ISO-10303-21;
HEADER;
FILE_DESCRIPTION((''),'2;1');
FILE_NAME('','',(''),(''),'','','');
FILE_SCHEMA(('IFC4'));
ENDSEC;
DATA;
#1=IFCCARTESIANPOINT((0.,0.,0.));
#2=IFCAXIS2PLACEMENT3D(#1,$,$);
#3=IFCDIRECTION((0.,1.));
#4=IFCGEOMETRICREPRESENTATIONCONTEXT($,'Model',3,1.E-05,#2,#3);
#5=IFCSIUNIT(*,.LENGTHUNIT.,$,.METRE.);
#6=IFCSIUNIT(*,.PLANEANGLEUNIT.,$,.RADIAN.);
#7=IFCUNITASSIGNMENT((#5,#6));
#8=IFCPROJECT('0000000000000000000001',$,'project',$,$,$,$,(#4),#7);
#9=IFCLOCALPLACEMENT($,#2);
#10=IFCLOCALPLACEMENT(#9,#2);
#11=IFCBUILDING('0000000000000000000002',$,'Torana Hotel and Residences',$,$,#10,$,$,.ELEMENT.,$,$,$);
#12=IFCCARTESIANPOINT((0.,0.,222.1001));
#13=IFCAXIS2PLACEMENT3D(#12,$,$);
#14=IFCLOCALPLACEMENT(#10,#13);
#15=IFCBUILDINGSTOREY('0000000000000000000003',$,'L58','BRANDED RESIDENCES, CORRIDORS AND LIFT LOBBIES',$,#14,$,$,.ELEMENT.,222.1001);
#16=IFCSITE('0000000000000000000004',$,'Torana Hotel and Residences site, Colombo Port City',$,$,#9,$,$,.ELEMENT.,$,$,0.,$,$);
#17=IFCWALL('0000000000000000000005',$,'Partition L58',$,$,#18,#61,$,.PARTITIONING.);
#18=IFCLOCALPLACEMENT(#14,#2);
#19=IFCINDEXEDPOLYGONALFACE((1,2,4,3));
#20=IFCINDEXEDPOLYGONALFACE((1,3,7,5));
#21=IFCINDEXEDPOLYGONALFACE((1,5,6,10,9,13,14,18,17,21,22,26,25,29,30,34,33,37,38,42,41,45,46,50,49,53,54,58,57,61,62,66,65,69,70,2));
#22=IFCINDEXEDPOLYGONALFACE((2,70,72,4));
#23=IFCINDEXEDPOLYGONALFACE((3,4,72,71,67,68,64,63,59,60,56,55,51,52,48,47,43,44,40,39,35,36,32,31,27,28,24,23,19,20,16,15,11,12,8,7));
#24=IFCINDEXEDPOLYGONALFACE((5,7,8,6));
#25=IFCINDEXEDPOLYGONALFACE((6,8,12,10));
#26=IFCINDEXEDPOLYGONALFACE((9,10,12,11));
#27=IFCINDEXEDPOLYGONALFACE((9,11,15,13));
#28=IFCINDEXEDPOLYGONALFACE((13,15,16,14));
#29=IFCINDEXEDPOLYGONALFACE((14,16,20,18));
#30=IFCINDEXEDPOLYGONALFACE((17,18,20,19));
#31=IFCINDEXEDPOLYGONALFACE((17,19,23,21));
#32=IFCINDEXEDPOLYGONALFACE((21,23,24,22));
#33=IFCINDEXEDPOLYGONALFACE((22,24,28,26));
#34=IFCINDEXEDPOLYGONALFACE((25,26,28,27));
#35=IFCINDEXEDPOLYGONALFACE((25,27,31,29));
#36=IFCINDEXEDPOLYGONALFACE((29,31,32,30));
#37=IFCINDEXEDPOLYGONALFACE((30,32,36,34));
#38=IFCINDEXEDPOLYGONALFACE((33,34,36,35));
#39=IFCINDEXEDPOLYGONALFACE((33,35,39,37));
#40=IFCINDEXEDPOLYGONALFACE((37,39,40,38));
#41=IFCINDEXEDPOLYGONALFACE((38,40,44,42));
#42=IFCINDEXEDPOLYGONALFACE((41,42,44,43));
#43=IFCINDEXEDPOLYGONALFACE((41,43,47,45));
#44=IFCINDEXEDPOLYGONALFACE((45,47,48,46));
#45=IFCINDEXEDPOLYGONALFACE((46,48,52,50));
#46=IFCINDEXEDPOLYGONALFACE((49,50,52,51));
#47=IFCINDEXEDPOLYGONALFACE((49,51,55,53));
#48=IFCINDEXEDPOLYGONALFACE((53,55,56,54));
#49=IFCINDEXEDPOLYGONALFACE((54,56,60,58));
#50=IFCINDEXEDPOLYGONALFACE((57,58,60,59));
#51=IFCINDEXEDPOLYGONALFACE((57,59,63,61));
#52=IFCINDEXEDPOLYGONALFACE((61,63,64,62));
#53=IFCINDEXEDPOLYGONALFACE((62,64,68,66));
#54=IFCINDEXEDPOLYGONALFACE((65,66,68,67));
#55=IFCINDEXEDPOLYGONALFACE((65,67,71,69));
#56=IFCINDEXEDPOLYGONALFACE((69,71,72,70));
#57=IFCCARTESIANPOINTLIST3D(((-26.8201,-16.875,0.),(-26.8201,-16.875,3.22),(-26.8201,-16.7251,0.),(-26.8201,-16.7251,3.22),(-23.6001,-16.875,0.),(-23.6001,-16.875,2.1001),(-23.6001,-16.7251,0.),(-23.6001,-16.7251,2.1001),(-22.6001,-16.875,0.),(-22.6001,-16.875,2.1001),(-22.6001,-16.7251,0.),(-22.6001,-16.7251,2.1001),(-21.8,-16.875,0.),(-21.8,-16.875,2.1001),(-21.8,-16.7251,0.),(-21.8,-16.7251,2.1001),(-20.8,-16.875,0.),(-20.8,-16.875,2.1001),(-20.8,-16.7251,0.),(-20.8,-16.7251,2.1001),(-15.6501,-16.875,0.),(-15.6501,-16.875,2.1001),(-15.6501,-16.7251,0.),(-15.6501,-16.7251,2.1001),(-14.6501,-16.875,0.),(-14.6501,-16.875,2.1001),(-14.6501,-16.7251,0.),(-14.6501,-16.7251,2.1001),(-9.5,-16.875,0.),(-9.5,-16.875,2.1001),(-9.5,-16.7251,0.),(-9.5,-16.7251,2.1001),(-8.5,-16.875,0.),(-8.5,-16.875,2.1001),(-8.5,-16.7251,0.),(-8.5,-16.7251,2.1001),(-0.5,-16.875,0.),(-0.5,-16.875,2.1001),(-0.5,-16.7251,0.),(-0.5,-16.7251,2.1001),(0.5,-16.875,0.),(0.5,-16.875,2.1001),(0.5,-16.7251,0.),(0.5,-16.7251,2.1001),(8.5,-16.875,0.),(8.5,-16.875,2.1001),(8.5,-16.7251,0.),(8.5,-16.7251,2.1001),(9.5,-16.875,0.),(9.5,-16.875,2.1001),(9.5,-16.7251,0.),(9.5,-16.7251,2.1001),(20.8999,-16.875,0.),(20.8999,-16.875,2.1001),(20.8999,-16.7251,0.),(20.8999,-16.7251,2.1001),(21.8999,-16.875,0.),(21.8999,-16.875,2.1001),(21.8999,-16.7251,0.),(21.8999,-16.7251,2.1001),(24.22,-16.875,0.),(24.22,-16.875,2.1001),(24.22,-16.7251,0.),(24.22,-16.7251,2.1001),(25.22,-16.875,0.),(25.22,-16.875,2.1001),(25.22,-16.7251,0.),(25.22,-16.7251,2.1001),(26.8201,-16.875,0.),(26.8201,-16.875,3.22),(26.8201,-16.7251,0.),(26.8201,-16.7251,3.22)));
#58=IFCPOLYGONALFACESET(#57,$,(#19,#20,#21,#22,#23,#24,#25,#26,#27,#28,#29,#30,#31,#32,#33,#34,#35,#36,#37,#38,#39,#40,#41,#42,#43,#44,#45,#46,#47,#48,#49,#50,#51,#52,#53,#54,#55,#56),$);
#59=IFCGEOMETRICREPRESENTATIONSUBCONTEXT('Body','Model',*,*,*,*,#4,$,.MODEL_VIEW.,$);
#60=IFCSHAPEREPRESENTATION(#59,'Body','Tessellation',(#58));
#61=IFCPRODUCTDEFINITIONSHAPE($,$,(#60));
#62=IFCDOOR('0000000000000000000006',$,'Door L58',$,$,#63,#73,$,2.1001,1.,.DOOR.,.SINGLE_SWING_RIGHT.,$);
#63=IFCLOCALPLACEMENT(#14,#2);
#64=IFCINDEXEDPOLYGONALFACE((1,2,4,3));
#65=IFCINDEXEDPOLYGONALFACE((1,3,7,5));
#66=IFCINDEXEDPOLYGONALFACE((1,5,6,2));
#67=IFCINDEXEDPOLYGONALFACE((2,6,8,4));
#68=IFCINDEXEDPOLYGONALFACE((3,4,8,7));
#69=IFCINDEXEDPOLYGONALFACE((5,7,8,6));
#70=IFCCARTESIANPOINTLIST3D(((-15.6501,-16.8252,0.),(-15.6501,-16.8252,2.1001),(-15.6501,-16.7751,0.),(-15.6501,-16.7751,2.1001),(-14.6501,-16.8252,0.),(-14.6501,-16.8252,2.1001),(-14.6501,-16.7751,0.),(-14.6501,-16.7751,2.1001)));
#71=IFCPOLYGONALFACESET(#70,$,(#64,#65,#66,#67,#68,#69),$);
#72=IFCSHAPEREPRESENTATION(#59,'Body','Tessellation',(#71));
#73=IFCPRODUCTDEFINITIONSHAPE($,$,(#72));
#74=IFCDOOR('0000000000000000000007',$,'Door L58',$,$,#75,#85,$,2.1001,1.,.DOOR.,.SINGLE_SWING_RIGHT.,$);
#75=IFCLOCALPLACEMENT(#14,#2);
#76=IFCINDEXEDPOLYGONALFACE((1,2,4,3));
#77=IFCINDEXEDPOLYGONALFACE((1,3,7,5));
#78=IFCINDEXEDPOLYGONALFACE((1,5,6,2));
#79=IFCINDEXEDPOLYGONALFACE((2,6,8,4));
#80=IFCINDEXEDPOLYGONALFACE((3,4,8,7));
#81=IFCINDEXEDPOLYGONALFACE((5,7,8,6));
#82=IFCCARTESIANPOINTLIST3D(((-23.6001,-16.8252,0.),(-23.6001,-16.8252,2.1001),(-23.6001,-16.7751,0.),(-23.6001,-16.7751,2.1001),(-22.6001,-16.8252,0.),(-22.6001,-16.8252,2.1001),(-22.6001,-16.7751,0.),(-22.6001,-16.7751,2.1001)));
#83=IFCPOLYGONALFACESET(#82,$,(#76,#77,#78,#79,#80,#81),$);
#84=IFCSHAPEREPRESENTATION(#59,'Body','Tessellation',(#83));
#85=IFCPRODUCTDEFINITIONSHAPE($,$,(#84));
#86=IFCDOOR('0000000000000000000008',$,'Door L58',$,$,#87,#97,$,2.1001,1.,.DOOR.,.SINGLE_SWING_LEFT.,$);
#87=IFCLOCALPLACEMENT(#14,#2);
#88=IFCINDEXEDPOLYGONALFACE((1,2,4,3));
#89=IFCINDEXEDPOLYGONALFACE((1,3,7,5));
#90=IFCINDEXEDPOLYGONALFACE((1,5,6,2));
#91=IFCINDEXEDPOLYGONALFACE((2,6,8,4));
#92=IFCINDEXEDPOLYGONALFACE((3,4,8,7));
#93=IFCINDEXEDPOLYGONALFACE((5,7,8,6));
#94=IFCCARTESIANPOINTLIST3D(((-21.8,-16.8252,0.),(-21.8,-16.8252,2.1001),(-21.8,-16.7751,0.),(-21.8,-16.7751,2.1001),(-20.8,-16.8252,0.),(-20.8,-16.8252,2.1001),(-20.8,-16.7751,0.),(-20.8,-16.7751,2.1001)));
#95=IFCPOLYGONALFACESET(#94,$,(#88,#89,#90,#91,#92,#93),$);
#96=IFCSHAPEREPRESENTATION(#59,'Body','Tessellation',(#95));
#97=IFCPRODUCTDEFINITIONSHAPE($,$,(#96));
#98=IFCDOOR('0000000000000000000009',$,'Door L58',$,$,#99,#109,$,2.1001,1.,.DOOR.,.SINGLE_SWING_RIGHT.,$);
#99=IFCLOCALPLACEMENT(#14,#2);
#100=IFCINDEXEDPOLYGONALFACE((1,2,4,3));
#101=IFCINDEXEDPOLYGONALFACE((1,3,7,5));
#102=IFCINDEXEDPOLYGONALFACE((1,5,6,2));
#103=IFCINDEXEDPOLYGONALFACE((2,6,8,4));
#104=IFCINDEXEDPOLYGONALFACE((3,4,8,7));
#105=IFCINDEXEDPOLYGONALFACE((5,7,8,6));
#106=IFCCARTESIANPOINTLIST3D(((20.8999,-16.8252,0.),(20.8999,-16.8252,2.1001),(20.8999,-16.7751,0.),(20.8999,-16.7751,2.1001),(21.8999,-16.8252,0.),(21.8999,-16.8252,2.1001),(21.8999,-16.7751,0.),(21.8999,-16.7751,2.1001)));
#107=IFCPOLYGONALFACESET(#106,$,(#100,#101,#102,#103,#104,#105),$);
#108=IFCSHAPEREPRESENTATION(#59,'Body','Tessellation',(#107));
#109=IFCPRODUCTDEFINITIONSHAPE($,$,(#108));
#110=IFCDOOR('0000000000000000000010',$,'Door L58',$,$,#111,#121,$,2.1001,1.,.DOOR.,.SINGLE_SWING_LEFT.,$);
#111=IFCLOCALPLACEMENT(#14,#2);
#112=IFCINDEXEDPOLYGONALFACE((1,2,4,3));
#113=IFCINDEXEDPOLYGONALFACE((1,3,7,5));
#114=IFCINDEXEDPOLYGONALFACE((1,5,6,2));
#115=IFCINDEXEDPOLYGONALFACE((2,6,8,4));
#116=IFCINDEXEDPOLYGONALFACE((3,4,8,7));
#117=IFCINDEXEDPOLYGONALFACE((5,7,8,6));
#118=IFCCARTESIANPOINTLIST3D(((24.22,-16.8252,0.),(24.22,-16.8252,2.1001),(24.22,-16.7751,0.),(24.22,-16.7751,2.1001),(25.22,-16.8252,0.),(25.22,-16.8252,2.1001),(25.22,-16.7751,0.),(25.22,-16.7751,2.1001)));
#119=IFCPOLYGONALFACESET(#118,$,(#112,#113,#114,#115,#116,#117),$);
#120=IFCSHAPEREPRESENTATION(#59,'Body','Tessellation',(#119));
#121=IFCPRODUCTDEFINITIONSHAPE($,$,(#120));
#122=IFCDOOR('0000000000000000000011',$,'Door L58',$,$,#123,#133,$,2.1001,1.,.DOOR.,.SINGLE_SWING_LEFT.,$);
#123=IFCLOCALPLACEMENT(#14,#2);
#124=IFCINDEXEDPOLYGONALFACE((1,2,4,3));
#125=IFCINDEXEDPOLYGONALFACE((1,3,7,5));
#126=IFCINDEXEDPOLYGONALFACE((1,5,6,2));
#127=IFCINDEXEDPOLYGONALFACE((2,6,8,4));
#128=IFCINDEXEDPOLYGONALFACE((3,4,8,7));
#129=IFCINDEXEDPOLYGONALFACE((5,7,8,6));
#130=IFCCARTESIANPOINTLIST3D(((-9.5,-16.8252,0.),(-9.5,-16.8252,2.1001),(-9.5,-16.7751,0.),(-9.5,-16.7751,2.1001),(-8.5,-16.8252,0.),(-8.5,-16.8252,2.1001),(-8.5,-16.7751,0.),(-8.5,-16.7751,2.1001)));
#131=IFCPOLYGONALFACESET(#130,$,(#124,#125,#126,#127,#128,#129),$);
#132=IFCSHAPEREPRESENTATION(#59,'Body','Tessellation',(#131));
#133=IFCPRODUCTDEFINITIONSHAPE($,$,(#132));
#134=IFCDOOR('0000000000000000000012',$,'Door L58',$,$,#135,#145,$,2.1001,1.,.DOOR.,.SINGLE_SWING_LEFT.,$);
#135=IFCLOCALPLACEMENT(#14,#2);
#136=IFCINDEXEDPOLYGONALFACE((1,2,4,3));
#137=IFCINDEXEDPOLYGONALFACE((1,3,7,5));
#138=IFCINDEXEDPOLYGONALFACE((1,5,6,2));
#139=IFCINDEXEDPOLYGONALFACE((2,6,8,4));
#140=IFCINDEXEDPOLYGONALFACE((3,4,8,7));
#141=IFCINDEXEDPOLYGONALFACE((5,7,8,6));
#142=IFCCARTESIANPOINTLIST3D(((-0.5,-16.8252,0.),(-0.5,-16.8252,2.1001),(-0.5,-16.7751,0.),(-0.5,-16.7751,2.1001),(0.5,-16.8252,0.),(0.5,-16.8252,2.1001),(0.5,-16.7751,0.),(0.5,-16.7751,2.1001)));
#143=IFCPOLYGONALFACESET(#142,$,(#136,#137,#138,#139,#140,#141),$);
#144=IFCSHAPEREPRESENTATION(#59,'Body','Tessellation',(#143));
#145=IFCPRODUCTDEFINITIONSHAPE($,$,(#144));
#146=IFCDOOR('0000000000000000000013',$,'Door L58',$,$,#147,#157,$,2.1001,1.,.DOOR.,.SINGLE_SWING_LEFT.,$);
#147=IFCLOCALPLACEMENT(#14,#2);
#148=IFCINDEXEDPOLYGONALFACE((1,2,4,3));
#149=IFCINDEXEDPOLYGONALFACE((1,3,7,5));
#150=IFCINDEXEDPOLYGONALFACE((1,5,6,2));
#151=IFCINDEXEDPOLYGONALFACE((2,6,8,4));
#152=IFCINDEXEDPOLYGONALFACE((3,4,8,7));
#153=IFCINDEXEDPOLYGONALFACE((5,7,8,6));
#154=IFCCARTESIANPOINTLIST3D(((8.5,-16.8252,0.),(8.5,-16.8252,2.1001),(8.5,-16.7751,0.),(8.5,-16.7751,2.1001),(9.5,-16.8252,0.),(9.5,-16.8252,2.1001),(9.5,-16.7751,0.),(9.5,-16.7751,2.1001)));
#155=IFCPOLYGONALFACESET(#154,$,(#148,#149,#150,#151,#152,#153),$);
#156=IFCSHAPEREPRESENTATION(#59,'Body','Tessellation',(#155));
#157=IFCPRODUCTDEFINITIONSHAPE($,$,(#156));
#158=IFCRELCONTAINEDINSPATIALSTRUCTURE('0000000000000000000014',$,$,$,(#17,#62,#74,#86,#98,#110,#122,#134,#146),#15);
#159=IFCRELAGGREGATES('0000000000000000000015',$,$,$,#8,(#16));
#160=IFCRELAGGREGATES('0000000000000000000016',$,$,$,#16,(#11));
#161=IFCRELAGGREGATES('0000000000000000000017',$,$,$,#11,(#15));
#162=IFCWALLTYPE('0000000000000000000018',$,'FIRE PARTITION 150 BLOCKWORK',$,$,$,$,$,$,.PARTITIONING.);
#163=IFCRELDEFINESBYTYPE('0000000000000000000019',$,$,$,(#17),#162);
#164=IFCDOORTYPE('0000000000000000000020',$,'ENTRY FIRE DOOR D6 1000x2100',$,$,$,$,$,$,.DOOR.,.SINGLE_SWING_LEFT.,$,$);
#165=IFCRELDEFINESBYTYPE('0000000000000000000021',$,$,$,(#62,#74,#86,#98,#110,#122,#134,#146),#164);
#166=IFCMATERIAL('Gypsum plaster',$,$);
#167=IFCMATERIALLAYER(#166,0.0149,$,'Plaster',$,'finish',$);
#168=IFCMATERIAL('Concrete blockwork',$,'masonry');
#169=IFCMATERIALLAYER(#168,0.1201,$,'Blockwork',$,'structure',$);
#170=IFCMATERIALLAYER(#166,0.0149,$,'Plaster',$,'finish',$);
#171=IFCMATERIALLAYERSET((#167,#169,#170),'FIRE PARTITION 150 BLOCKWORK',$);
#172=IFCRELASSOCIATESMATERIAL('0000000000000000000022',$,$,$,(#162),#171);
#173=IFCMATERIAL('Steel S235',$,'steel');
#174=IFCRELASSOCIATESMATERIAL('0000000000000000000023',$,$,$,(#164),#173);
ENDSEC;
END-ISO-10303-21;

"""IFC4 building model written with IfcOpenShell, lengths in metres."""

from ifc_helpers import new_model, si_unit, direction, frame, frame_2d, origin, place, context, subcontext, project, spatial, rectangle, extrude, material, layer, layer_set, type_object, element, fill, save


model = new_model("IFC4")

# Units and contexts
model_context = context("Model", 3, precision=1e-05, world=origin(), true_north=direction((0.0, 1.0)))
body_context = subcontext(model_context, "Body", "Model", "MODEL_VIEW")
ifc_project = project(units=[si_unit("LENGTHUNIT", "METRE"), si_unit("PLANEANGLEUNIT", "RADIAN")], contexts=[model_context])

# Site, building, storey
site_placement = place(None, origin())
site = spatial("IfcSite", under=ifc_project, at=site_placement, Name="Torana Hotel and Residences site, Colombo Port City", CompositionType="ELEMENT", RefElevation=0.0)
building_placement = place(site_placement, origin())
building = spatial("IfcBuilding", under=site, at=building_placement, Name="Torana Hotel and Residences", CompositionType="ELEMENT")
storey_placement = place(building_placement, frame((0.0, 0.0, 222.1001)))
storey = spatial("IfcBuildingStorey", under=building, at=storey_placement, Name="L58", Description="BRANDED RESIDENCES, CORRIDORS AND LIFT LOBBIES", CompositionType="ELEMENT", Elevation=222.1001)

# Wall, openings, doors
ifc_material_1 = material(Name="Gypsum plaster")
ifc_layer_1 = layer(ifc_material_1, 0.0149, Name="Plaster", Category="finish")
ifc_material_2 = material(Name="Concrete blockwork", Category="masonry")
ifc_layer_2 = layer(ifc_material_2, 0.1201, Name="Blockwork", Category="structure")
ifc_layer_3 = layer(ifc_material_1, 0.0149, Name="Plaster", Category="finish")
ifc_layer_set_1 = layer_set([ifc_layer_1, ifc_layer_2, ifc_layer_3], Name="FIRE PARTITION 150 BLOCKWORK")
wall_type_1 = type_object("IfcWallType", Name="FIRE PARTITION 150 BLOCKWORK", PredefinedType="PARTITIONING", material=ifc_layer_set_1)
wall_1_placement = place(storey_placement, frame((-26.8201, -16.8, 0.0), z_axis=(0.0, 0.0, 1.0), x_axis=(1.0, 0.0, 0.0)))
wall_1 = element("IfcWall", 1, at=wall_1_placement, inside=storey, type_object=wall_type_1, Name="Partition L58", PredefinedType="PARTITIONING", context=body_context, shape_type="SweptSolid", body=[
    extrude(rectangle(XDim=53.6401, YDim=0.1499, at=frame_2d((26.8201, 0.0))), origin(), (0.0, 0.0, 1.0), 3.22),
])
opening_1_placement = place(wall_1_placement, frame((11.1699, 0.0, 0.0)))
opening_1 = element("IfcOpeningElement", 2, at=opening_1_placement, cuts=wall_1, PredefinedType="OPENING", context=body_context, shape_type="SweptSolid", body=[
    extrude(rectangle(XDim=1.0, YDim=2.1001, at=frame_2d((0.5, 1.05))), frame((0.0, 0.085, 0.0), z_axis=(0.0, -1.0, 0.0), x_axis=(1.0, 0.0, 0.0)), (0.0, 0.0, 1.0), 0.1699),
])
opening_2_placement = place(wall_1_placement, frame((3.22, 0.0, 0.0)))
opening_2 = element("IfcOpeningElement", 3, at=opening_2_placement, cuts=wall_1, PredefinedType="OPENING", context=body_context, shape_type="SweptSolid", body=[
    extrude(rectangle(XDim=1.0, YDim=2.1001, at=frame_2d((0.5, 1.05))), frame((0.0, 0.085, 0.0), z_axis=(0.0, -1.0, 0.0), x_axis=(1.0, 0.0, 0.0)), (0.0, 0.0, 1.0), 0.1699),
])
opening_3_placement = place(wall_1_placement, frame((5.02, 0.0, 0.0)))
opening_3 = element("IfcOpeningElement", 4, at=opening_3_placement, cuts=wall_1, PredefinedType="OPENING", context=body_context, shape_type="SweptSolid", body=[
    extrude(rectangle(XDim=1.0, YDim=2.1001, at=frame_2d((0.5, 1.05))), frame((0.0, 0.085, 0.0), z_axis=(0.0, -1.0, 0.0), x_axis=(1.0, 0.0, 0.0)), (0.0, 0.0, 1.0), 0.1699),
])
opening_4_placement = place(wall_1_placement, frame((47.72, 0.0, 0.0)))
opening_4 = element("IfcOpeningElement", 5, at=opening_4_placement, cuts=wall_1, PredefinedType="OPENING", context=body_context, shape_type="SweptSolid", body=[
    extrude(rectangle(XDim=1.0, YDim=2.1001, at=frame_2d((0.5, 1.05))), frame((0.0, 0.085, 0.0), z_axis=(0.0, -1.0, 0.0), x_axis=(1.0, 0.0, 0.0)), (0.0, 0.0, 1.0), 0.1699),
])
opening_5_placement = place(wall_1_placement, frame((51.04, 0.0, 0.0)))
opening_5 = element("IfcOpeningElement", 6, at=opening_5_placement, cuts=wall_1, PredefinedType="OPENING", context=body_context, shape_type="SweptSolid", body=[
    extrude(rectangle(XDim=1.0, YDim=2.1001, at=frame_2d((0.5, 1.05))), frame((0.0, 0.085, 0.0), z_axis=(0.0, -1.0, 0.0), x_axis=(1.0, 0.0, 0.0)), (0.0, 0.0, 1.0), 0.1699),
])
opening_6_placement = place(wall_1_placement, frame((17.3201, 0.0, 0.0)))
opening_6 = element("IfcOpeningElement", 7, at=opening_6_placement, cuts=wall_1, PredefinedType="OPENING", context=body_context, shape_type="SweptSolid", body=[
    extrude(rectangle(XDim=1.0, YDim=2.1001, at=frame_2d((0.5, 1.05))), frame((0.0, 0.085, 0.0), z_axis=(0.0, -1.0, 0.0), x_axis=(1.0, 0.0, 0.0)), (0.0, 0.0, 1.0), 0.1699),
])
opening_7_placement = place(wall_1_placement, frame((26.3201, 0.0, 0.0)))
opening_7 = element("IfcOpeningElement", 8, at=opening_7_placement, cuts=wall_1, PredefinedType="OPENING", context=body_context, shape_type="SweptSolid", body=[
    extrude(rectangle(XDim=1.0, YDim=2.1001, at=frame_2d((0.5, 1.05))), frame((0.0, 0.085, 0.0), z_axis=(0.0, -1.0, 0.0), x_axis=(1.0, 0.0, 0.0)), (0.0, 0.0, 1.0), 0.1699),
])
opening_8_placement = place(wall_1_placement, frame((35.3201, 0.0, 0.0)))
opening_8 = element("IfcOpeningElement", 9, at=opening_8_placement, cuts=wall_1, PredefinedType="OPENING", context=body_context, shape_type="SweptSolid", body=[
    extrude(rectangle(XDim=1.0, YDim=2.1001, at=frame_2d((0.5, 1.05))), frame((0.0, 0.085, 0.0), z_axis=(0.0, -1.0, 0.0), x_axis=(1.0, 0.0, 0.0)), (0.0, 0.0, 1.0), 0.1699),
])
ifc_material_3 = material(Name="Steel S235", Category="steel")
door_type = type_object("IfcDoorType", Name="ENTRY FIRE DOOR D6 1000x2100", OperationType="SINGLE_SWING_LEFT", PredefinedType="DOOR", material=ifc_material_3)
door_1_placement = place(opening_1_placement, origin())
door_1 = element("IfcDoor", 10, at=door_1_placement, inside=storey, type_object=door_type, Name="Door L58", OperationType="SINGLE_SWING_RIGHT", OverallHeight=2.1001, OverallWidth=1.0, PredefinedType="DOOR", context=body_context, shape_type="SweptSolid", body=[
    extrude(rectangle(XDim=1.0, YDim=2.1001, at=frame_2d((0.5, 1.05))), frame((0.0, 0.0249, 0.0), z_axis=(0.0, -1.0, 0.0), x_axis=(1.0, 0.0, 0.0)), (0.0, 0.0, 1.0), 0.05),
])
fill(opening_1, door_1)
door_2_placement = place(opening_2_placement, origin())
door_2 = element("IfcDoor", 11, at=door_2_placement, inside=storey, type_object=door_type, Name="Door L58", OperationType="SINGLE_SWING_RIGHT", OverallHeight=2.1001, OverallWidth=1.0, PredefinedType="DOOR", context=body_context, shape_type="SweptSolid", body=[
    extrude(rectangle(XDim=1.0, YDim=2.1001, at=frame_2d((0.5, 1.05))), frame((0.0, 0.0249, 0.0), z_axis=(0.0, -1.0, 0.0), x_axis=(1.0, 0.0, 0.0)), (0.0, 0.0, 1.0), 0.05),
])
fill(opening_2, door_2)
door_3_placement = place(opening_3_placement, frame((0.5, 0.0, 0.0), z_axis=(0.0, 0.0, 1.0), x_axis=(-1.0, 0.0, 0.0)))
door_3 = element("IfcDoor", 12, at=door_3_placement, inside=storey, type_object=door_type, Name="Door L58", OperationType="SINGLE_SWING_LEFT", OverallHeight=2.1001, OverallWidth=1.0, PredefinedType="DOOR", context=body_context, shape_type="SweptSolid", body=[
    extrude(rectangle(XDim=1.0, YDim=2.1001, at=frame_2d((0.0, 1.05))), frame((0.0, -0.0249, 0.0), z_axis=(0.0, 1.0, 0.0), x_axis=(-1.0, 0.0, 0.0)), (0.0, 0.0, 1.0), 0.05),
])
fill(opening_3, door_3)
door_4_placement = place(opening_4_placement, origin())
door_4 = element("IfcDoor", 13, at=door_4_placement, inside=storey, type_object=door_type, Name="Door L58", OperationType="SINGLE_SWING_RIGHT", OverallHeight=2.1001, OverallWidth=1.0, PredefinedType="DOOR", context=body_context, shape_type="SweptSolid", body=[
    extrude(rectangle(XDim=1.0, YDim=2.1001, at=frame_2d((0.5, 1.05))), frame((0.0, 0.0249, 0.0), z_axis=(0.0, -1.0, 0.0), x_axis=(1.0, 0.0, 0.0)), (0.0, 0.0, 1.0), 0.05),
])
fill(opening_4, door_4)
door_5_placement = place(opening_5_placement, frame((0.5, 0.0, 0.0), z_axis=(0.0, 0.0, 1.0), x_axis=(-1.0, 0.0, 0.0)))
door_5 = element("IfcDoor", 14, at=door_5_placement, inside=storey, type_object=door_type, Name="Door L58", OperationType="SINGLE_SWING_LEFT", OverallHeight=2.1001, OverallWidth=1.0, PredefinedType="DOOR", context=body_context, shape_type="SweptSolid", body=[
    extrude(rectangle(XDim=1.0, YDim=2.1001, at=frame_2d((0.0, 1.05))), frame((0.0, -0.0249, 0.0), z_axis=(0.0, 1.0, 0.0), x_axis=(-1.0, 0.0, 0.0)), (0.0, 0.0, 1.0), 0.05),
])
fill(opening_5, door_5)
door_6_placement = place(opening_6_placement, frame((0.5, 0.0, 0.0), z_axis=(0.0, 0.0, 1.0), x_axis=(-1.0, 0.0, 0.0)))
door_6 = element("IfcDoor", 15, at=door_6_placement, inside=storey, type_object=door_type, Name="Door L58", OperationType="SINGLE_SWING_LEFT", OverallHeight=2.1001, OverallWidth=1.0, PredefinedType="DOOR", context=body_context, shape_type="SweptSolid", body=[
    extrude(rectangle(XDim=1.0, YDim=2.1001, at=frame_2d((0.0, 1.05))), frame((0.0, -0.0249, 0.0), z_axis=(0.0, 1.0, 0.0), x_axis=(-1.0, 0.0, 0.0)), (0.0, 0.0, 1.0), 0.05),
])
fill(opening_6, door_6)
door_7_placement = place(opening_7_placement, frame((0.5, 0.0, 0.0), z_axis=(0.0, 0.0, 1.0), x_axis=(-1.0, 0.0, 0.0)))
door_7 = element("IfcDoor", 16, at=door_7_placement, inside=storey, type_object=door_type, Name="Door L58", OperationType="SINGLE_SWING_LEFT", OverallHeight=2.1001, OverallWidth=1.0, PredefinedType="DOOR", context=body_context, shape_type="SweptSolid", body=[
    extrude(rectangle(XDim=1.0, YDim=2.1001, at=frame_2d((0.0, 1.05))), frame((0.0, -0.0249, 0.0), z_axis=(0.0, 1.0, 0.0), x_axis=(-1.0, 0.0, 0.0)), (0.0, 0.0, 1.0), 0.05),
])
fill(opening_7, door_7)
door_8_placement = place(opening_8_placement, frame((0.5, 0.0, 0.0), z_axis=(0.0, 0.0, 1.0), x_axis=(-1.0, 0.0, 0.0)))
door_8 = element("IfcDoor", 17, at=door_8_placement, inside=storey, type_object=door_type, Name="Door L58", OperationType="SINGLE_SWING_LEFT", OverallHeight=2.1001, OverallWidth=1.0, PredefinedType="DOOR", context=body_context, shape_type="SweptSolid", body=[
    extrude(rectangle(XDim=1.0, YDim=2.1001, at=frame_2d((0.0, 1.05))), frame((0.0, -0.0249, 0.0), z_axis=(0.0, 1.0, 0.0), x_axis=(-1.0, 0.0, 0.0)), (0.0, 0.0, 1.0), 0.05),
])
fill(opening_8, door_8)

save(model, "model.ifc")
